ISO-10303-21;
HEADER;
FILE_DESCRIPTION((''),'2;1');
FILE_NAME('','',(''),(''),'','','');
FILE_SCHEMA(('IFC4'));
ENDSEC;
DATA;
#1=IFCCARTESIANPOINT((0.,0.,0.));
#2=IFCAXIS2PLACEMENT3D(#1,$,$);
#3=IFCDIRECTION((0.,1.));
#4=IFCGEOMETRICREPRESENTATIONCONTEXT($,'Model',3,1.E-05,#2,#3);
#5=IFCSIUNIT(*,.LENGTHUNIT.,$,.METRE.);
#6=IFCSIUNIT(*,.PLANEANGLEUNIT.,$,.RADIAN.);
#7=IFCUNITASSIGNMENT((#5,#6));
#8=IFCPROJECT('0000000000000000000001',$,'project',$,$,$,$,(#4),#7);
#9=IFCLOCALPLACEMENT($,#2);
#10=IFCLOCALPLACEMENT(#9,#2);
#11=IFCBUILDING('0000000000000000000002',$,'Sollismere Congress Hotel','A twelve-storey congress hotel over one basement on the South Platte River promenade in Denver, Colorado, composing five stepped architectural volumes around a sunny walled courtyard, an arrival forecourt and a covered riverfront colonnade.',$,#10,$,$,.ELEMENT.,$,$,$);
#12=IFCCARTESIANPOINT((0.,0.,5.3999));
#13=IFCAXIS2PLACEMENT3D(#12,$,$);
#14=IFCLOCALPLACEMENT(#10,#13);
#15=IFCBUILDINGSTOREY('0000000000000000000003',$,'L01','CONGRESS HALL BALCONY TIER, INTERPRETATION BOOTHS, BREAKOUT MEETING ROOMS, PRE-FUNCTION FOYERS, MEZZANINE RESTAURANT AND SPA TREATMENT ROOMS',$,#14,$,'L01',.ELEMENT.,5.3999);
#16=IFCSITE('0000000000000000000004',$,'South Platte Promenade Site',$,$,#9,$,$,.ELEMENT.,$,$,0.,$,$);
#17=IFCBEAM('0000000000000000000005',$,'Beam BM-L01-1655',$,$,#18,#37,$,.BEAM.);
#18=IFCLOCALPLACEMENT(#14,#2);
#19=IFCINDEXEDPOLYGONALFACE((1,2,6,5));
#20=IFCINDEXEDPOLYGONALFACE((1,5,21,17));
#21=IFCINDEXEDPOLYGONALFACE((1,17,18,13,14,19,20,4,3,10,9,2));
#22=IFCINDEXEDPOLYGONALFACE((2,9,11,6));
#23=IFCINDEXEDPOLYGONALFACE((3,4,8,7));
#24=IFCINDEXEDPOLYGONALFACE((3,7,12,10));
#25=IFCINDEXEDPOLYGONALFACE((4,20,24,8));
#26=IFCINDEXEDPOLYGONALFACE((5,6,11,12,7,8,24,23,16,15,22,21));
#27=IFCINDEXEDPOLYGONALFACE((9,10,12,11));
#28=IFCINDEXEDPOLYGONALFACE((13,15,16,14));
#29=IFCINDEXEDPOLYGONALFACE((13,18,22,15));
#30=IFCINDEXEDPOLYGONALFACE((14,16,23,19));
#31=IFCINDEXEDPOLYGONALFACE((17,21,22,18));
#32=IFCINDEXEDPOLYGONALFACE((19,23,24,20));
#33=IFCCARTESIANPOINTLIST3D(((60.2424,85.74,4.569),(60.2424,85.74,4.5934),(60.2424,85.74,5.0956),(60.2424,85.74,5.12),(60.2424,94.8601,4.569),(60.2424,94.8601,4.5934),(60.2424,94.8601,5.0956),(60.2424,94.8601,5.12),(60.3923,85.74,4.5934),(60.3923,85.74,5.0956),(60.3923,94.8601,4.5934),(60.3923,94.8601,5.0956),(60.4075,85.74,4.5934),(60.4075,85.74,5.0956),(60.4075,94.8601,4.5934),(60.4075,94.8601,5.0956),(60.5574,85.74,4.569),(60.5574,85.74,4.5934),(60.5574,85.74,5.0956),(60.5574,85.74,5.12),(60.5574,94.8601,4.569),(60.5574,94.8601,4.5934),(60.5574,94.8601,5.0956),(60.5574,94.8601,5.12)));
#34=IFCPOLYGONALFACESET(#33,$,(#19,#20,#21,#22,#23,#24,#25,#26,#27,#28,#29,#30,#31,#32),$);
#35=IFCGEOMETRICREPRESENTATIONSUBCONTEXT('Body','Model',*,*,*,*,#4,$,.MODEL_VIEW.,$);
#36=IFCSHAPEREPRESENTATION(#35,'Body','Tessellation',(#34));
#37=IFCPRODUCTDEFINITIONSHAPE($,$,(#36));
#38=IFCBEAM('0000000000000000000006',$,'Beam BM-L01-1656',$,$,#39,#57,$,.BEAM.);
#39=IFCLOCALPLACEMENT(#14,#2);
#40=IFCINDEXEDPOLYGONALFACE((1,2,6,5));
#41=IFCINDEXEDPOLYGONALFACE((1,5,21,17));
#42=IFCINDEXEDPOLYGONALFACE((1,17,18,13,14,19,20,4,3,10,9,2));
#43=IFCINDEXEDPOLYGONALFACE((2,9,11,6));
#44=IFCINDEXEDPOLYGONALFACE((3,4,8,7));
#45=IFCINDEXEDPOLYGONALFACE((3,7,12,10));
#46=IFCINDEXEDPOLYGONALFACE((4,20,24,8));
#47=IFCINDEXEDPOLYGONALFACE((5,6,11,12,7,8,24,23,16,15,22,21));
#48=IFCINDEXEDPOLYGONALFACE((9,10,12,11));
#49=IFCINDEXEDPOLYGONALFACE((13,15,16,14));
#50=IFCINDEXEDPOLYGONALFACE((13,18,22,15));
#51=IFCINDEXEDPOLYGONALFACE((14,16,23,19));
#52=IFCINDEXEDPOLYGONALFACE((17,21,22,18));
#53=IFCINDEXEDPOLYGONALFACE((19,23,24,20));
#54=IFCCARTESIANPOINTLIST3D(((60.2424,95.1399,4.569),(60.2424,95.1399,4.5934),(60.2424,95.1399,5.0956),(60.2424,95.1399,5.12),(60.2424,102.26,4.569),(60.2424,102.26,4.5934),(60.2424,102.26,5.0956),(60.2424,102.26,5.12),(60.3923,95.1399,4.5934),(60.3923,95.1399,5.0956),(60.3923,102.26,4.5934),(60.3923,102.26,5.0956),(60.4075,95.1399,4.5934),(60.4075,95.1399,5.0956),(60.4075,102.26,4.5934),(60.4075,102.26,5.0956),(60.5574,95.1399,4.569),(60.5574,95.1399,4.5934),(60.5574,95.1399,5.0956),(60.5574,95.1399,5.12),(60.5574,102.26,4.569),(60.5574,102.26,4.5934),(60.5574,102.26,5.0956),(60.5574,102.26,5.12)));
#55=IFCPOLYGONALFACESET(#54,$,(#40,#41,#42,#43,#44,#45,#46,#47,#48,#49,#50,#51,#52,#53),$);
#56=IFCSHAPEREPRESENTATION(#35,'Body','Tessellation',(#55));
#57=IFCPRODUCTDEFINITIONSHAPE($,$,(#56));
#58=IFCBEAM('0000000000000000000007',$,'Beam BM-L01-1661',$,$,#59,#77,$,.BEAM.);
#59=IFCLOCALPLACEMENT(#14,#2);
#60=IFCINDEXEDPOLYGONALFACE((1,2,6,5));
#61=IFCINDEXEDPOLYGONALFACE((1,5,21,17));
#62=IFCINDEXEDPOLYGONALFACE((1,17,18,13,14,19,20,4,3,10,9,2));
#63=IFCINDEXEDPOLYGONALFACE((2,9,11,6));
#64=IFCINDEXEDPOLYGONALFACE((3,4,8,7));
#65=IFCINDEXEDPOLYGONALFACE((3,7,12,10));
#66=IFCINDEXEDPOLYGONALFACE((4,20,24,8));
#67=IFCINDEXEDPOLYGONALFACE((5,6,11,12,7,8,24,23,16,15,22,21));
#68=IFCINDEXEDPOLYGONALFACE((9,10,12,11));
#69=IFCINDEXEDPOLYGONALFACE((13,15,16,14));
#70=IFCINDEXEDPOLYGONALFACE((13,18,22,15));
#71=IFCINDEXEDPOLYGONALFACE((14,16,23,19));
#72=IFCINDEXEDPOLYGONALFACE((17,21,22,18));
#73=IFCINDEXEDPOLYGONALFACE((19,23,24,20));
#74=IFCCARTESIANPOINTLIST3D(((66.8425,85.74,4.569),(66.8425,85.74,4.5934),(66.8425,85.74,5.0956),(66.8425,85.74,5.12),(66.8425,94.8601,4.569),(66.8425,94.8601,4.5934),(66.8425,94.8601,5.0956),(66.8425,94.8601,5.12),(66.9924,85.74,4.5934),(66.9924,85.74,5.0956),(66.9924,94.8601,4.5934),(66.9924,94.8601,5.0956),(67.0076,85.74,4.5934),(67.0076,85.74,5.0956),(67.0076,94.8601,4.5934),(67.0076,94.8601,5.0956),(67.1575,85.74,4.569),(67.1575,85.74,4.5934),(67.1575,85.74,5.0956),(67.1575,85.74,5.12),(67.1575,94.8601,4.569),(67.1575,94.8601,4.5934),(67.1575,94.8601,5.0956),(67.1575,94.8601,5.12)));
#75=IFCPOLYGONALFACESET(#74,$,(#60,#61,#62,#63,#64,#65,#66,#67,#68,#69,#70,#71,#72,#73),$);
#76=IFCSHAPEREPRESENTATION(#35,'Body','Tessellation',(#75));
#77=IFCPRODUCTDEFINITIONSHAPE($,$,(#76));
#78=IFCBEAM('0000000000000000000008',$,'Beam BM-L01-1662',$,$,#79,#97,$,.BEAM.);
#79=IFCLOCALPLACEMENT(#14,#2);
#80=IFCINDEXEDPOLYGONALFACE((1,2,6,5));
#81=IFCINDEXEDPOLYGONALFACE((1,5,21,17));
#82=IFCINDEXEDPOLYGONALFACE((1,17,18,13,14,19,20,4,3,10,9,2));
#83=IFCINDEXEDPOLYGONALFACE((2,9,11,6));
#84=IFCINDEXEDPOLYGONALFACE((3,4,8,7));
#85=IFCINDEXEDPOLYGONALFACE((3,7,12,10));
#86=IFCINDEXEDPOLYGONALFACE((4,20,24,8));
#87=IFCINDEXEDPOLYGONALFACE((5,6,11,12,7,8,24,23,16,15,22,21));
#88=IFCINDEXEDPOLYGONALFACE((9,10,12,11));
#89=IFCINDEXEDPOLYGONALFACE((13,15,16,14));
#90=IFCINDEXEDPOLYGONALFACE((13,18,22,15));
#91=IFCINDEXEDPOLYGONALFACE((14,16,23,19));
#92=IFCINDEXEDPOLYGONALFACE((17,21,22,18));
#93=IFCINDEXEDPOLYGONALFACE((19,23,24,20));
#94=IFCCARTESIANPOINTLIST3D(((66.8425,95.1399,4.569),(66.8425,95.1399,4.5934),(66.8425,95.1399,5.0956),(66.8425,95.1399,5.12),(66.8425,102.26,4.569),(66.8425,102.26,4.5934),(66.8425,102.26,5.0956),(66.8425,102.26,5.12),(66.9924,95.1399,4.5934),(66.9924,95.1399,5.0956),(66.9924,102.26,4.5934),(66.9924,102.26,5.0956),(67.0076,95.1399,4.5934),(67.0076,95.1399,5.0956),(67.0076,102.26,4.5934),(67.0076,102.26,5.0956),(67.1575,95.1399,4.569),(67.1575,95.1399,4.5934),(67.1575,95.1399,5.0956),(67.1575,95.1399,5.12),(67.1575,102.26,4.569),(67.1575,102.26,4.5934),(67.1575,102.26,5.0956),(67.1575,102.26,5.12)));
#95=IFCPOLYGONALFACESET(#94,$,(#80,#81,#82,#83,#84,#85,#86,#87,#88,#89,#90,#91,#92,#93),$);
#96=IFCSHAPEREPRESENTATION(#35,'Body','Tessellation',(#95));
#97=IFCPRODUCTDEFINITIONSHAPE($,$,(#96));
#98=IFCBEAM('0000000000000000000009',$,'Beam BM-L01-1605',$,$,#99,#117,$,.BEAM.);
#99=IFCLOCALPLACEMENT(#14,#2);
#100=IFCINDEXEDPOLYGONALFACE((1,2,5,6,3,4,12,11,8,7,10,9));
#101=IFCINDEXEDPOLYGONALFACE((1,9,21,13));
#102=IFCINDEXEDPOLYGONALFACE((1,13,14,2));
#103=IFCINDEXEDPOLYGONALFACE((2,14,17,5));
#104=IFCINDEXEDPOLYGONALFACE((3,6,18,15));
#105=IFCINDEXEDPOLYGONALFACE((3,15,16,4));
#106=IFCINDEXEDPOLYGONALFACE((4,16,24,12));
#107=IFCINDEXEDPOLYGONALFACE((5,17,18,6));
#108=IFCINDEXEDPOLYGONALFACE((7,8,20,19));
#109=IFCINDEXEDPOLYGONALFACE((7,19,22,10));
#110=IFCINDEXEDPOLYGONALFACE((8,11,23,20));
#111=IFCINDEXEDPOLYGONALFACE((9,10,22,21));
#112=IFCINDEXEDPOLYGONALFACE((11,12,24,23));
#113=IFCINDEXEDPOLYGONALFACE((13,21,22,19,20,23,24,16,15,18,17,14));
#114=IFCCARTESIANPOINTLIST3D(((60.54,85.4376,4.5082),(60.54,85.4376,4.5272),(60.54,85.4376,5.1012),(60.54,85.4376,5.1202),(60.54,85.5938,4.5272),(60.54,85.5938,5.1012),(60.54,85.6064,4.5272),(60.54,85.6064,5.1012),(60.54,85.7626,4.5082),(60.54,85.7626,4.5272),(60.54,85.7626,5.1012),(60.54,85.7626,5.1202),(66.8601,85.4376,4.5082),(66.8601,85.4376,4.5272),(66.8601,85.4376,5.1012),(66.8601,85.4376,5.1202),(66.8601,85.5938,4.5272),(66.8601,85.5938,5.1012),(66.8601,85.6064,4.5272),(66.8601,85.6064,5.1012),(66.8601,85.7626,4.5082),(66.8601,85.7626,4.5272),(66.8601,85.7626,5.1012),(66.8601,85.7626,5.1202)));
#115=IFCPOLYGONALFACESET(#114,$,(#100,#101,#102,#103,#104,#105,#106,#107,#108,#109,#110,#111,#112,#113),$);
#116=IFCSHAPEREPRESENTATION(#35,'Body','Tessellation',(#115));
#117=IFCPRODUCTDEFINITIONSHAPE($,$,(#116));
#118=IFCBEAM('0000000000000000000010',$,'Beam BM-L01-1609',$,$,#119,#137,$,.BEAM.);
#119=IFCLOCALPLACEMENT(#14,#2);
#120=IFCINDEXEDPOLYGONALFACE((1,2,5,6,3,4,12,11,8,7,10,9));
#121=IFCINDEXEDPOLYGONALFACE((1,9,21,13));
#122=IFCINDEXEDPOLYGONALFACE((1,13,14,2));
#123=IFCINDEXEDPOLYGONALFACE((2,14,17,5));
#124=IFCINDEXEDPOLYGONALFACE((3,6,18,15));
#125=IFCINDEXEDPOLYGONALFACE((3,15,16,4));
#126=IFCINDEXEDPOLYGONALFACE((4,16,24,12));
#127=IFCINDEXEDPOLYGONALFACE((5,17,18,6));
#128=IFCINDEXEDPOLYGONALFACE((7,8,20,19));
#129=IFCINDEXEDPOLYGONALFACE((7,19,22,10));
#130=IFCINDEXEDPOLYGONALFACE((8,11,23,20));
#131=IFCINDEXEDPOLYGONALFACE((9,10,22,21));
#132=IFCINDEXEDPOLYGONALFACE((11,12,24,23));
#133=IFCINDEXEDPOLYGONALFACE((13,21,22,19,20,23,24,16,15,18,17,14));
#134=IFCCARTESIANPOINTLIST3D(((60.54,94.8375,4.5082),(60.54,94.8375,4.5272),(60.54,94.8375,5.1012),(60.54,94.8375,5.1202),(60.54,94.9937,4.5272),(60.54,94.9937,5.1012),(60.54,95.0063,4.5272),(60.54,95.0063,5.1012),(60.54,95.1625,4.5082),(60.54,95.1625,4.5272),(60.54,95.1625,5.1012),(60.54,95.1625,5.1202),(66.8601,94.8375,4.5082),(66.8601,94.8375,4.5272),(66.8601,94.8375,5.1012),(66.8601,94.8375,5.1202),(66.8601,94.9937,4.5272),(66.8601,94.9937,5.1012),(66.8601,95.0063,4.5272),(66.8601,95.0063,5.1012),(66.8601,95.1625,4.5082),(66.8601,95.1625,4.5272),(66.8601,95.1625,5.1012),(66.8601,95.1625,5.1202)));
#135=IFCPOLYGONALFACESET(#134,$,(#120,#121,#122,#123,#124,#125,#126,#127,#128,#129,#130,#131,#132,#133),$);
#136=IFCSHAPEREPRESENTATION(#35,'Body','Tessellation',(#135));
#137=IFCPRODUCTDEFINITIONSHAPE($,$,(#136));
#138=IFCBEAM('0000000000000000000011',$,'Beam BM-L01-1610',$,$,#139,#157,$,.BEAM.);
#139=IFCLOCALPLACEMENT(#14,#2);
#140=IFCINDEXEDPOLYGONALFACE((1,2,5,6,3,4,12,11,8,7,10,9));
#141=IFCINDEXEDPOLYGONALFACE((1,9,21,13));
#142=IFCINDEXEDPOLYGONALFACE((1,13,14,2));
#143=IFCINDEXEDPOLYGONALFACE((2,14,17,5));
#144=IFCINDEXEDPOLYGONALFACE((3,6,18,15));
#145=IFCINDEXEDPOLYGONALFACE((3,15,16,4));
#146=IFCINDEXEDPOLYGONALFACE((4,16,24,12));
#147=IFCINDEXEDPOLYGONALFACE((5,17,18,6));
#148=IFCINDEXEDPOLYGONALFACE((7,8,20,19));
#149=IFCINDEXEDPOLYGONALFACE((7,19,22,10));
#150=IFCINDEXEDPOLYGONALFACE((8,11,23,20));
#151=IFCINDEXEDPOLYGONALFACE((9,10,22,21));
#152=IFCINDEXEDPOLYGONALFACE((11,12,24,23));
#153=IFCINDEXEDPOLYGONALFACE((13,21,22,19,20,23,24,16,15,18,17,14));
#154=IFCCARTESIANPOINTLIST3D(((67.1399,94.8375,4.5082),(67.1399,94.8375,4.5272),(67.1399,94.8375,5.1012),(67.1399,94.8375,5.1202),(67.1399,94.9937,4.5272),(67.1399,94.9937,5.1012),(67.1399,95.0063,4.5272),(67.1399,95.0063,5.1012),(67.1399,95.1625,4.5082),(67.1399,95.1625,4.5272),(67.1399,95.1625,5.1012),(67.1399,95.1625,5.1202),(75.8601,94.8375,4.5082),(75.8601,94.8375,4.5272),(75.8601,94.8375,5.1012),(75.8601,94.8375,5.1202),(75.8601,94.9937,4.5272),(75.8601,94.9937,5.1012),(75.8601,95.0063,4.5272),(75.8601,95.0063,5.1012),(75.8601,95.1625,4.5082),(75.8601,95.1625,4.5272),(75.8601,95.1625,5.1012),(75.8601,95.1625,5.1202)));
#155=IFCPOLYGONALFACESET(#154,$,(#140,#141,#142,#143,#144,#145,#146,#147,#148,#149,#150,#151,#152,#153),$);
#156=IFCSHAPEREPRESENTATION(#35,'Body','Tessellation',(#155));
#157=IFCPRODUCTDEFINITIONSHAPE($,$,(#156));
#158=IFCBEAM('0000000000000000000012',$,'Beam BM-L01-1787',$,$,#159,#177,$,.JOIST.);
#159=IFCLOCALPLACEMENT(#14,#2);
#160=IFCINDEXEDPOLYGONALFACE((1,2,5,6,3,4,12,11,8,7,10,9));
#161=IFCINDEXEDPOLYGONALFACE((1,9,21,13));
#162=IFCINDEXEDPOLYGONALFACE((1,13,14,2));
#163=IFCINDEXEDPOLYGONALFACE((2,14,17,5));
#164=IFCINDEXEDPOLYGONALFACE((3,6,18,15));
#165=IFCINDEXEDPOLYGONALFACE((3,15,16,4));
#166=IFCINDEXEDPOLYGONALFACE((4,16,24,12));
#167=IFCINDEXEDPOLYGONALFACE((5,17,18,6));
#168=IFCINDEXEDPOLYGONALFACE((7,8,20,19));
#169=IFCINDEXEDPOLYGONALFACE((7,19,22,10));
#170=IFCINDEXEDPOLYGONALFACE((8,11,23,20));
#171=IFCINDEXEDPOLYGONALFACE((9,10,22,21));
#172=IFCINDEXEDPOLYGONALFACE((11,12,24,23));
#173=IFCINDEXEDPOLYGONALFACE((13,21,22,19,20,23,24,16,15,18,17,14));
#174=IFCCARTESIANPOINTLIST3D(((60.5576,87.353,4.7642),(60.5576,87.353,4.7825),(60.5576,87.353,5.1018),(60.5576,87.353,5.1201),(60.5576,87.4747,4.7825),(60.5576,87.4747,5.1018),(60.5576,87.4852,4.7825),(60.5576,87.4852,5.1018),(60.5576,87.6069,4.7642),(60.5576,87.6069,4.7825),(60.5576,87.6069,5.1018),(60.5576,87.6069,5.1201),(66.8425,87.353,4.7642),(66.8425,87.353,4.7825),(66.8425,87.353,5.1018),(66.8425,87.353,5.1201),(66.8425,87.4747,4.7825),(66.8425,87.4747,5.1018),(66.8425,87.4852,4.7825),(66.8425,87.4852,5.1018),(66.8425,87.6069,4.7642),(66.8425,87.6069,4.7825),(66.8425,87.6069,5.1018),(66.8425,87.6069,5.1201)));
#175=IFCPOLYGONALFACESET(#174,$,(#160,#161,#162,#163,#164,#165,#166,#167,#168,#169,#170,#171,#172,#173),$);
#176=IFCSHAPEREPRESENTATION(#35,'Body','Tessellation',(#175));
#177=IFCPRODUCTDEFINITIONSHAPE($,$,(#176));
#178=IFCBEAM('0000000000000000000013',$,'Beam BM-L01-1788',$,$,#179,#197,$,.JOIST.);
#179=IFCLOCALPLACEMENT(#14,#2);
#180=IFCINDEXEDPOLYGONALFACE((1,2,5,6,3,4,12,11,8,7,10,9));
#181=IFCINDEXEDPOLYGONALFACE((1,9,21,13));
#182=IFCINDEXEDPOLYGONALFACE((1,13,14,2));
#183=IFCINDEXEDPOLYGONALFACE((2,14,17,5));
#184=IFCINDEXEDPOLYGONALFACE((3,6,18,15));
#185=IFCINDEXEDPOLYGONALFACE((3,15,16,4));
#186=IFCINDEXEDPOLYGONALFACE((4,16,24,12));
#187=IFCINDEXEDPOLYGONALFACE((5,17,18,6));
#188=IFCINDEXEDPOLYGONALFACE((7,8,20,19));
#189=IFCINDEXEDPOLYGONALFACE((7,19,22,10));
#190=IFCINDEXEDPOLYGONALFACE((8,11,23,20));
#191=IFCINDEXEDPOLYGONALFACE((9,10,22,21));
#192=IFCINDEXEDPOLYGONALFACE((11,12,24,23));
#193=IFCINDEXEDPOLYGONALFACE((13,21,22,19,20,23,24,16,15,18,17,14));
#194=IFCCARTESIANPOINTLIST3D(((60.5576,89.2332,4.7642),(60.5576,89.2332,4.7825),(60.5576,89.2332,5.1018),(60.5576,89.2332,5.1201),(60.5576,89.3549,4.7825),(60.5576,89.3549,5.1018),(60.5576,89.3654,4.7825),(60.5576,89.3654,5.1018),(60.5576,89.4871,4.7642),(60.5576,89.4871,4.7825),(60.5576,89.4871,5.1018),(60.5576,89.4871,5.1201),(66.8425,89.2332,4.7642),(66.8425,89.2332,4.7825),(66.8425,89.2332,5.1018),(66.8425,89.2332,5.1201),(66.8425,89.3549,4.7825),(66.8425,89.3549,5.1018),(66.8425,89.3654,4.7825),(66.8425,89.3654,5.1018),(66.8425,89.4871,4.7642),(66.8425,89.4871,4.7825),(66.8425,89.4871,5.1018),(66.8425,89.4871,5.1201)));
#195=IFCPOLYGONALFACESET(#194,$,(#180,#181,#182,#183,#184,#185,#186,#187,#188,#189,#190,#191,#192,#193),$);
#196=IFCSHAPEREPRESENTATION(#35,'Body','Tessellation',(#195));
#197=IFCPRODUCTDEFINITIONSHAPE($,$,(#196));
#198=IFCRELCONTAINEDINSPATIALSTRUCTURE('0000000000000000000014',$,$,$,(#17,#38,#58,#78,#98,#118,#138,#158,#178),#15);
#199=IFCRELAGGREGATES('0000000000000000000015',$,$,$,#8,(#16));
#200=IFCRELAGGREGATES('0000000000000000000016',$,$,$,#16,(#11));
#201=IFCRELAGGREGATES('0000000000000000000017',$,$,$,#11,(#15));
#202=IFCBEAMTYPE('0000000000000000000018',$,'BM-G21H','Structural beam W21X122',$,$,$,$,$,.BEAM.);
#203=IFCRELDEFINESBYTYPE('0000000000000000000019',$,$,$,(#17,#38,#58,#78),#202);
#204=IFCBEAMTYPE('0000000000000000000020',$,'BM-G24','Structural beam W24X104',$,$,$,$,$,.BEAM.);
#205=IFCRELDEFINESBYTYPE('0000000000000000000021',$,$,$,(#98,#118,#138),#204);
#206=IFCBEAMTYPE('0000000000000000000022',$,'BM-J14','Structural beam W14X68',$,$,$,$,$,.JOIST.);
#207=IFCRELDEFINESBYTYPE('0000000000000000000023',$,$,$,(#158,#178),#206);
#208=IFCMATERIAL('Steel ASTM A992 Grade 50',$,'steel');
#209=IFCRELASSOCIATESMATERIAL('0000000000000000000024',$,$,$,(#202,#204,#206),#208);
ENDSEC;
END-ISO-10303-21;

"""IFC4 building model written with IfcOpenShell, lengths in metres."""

from ifc_helpers import new_model, si_unit, direction, frame, origin, origin_2d, place, context, subcontext, project, spatial, i_section, extrude, material, material_profile, profile_set, type_object, element, save


model = new_model("IFC4")

# Units and contexts
model_context = context("Model", 3, precision=1e-05, world=origin(), true_north=direction((0.0, 1.0)))
body_context = subcontext(model_context, "Body", "Model", "MODEL_VIEW")
ifc_project = project(units=[si_unit("LENGTHUNIT", "METRE"), si_unit("PLANEANGLEUNIT", "RADIAN")], contexts=[model_context])

# Site, building, storey
site_placement = place(None, origin())
site = spatial("IfcSite", under=ifc_project, at=site_placement, Name="South Platte Promenade Site", CompositionType="ELEMENT", RefElevation=0.0)
building_placement = place(site_placement, origin())
building = spatial("IfcBuilding", under=site, at=building_placement, Name="Sollismere Congress Hotel", Description="A twelve-storey congress hotel over one basement on the South Platte River promenade in Denver, Colorado, composing five stepped architectural volumes around a sunny walled courtyard, an arrival forecourt and a covered riverfront colonnade.", CompositionType="ELEMENT")
storey_placement = place(building_placement, frame((0.0, 0.0, 5.3999)))
storey = spatial("IfcBuildingStorey", under=building, at=storey_placement, Name="L01", Description="CONGRESS HALL BALCONY TIER, INTERPRETATION BOOTHS, BREAKOUT MEETING ROOMS, PRE-FUNCTION FOYERS, MEZZANINE RESTAURANT AND SPA TREATMENT ROOMS", LongName="L01", CompositionType="ELEMENT", Elevation=5.3999)

# Shared definitions
ifc_material_1 = material(Name="Steel ASTM A992 Grade 50", Category="steel")

# Beams
ifc_material_profile_1 = material_profile(ifc_material_1, i_section(OverallWidth=0.3149, OverallDepth=0.551, WebThickness=0.0151, FlangeThickness=0.0244, at=origin_2d()), Name="W21X122")
ifc_profile_set_1 = profile_set([ifc_material_profile_1], Name="Steel ASTM A992 Grade 50")
beam_type_1 = type_object("IfcBeamType", Name="BM-G21H", Description="Structural beam W21X122", PredefinedType="BEAM", material=ifc_profile_set_1)
beam_1_placement = place(storey_placement, frame((60.3999, 85.74, 4.8445), z_axis=(0.0, 1.0, 0.0), x_axis=(-1.0, 0.0, 0.0)))
element("IfcBeam", 1, at=beam_1_placement, inside=storey, type_object=beam_type_1, Name="Beam BM-L01-1655", PredefinedType="BEAM", context=body_context, shape_type="SweptSolid", body=[
    extrude(i_section(OverallWidth=0.3149, OverallDepth=0.551, WebThickness=0.0151, FlangeThickness=0.0244, at=origin_2d()), origin(), (0.0, 0.0, 1.0), 9.1201),
])
beam_2_placement = place(storey_placement, frame((60.3999, 95.1399, 4.8445), z_axis=(0.0, 1.0, 0.0), x_axis=(-1.0, 0.0, 0.0)))
element("IfcBeam", 2, at=beam_2_placement, inside=storey, type_object=beam_type_1, Name="Beam BM-L01-1656", PredefinedType="BEAM", context=body_context, shape_type="SweptSolid", body=[
    extrude(i_section(OverallWidth=0.3149, OverallDepth=0.551, WebThickness=0.0151, FlangeThickness=0.0244, at=origin_2d()), origin(), (0.0, 0.0, 1.0), 7.1201),
])
beam_3_placement = place(storey_placement, frame((67.0, 85.74, 4.8445), z_axis=(0.0, 1.0, 0.0), x_axis=(-1.0, 0.0, 0.0)))
element("IfcBeam", 3, at=beam_3_placement, inside=storey, type_object=beam_type_1, Name="Beam BM-L01-1661", PredefinedType="BEAM", context=body_context, shape_type="SweptSolid", body=[
    extrude(i_section(OverallWidth=0.3149, OverallDepth=0.551, WebThickness=0.0151, FlangeThickness=0.0244, at=origin_2d()), origin(), (0.0, 0.0, 1.0), 9.1201),
])
beam_4_placement = place(storey_placement, frame((67.0, 95.1399, 4.8445), z_axis=(0.0, 1.0, 0.0), x_axis=(-1.0, 0.0, 0.0)))
element("IfcBeam", 4, at=beam_4_placement, inside=storey, type_object=beam_type_1, Name="Beam BM-L01-1662", PredefinedType="BEAM", context=body_context, shape_type="SweptSolid", body=[
    extrude(i_section(OverallWidth=0.3149, OverallDepth=0.551, WebThickness=0.0151, FlangeThickness=0.0244, at=origin_2d()), origin(), (0.0, 0.0, 1.0), 7.1201),
])
ifc_material_profile_2 = material_profile(ifc_material_1, i_section(OverallWidth=0.325, OverallDepth=0.6121, WebThickness=0.0127, FlangeThickness=0.019, at=origin_2d()), Name="W24X104")
ifc_profile_set_2 = profile_set([ifc_material_profile_2], Name="Steel ASTM A992 Grade 50")
beam_type_2 = type_object("IfcBeamType", Name="BM-G24", Description="Structural beam W24X104", PredefinedType="BEAM", material=ifc_profile_set_2)
for number, where, z_axis, x_axis, name in (
    (5, (60.54, 85.6001, 4.8142), (1.0, 0.0, 0.0), (0.0, 1.0, 0.0), "Beam BM-L01-1605"),
    (6, (60.54, 95.0, 4.8142), (1.0, 0.0, 0.0), (0.0, 1.0, 0.0), "Beam BM-L01-1609"),
):
    element("IfcBeam", number, at=place(storey_placement, frame(where, z_axis=z_axis, x_axis=x_axis)), inside=storey, type_object=beam_type_2, Name=name, PredefinedType="BEAM", context=body_context, shape_type="SweptSolid", body=[
        extrude(i_section(OverallWidth=0.325, OverallDepth=0.6121, WebThickness=0.0127, FlangeThickness=0.019, at=origin_2d()), origin(), (0.0, 0.0, 1.0), 6.3201),
    ])
beam_5_placement = place(storey_placement, frame((67.1399, 95.0, 4.8142), z_axis=(1.0, 0.0, 0.0), x_axis=(0.0, 1.0, 0.0)))
element("IfcBeam", 7, at=beam_5_placement, inside=storey, type_object=beam_type_2, Name="Beam BM-L01-1610", PredefinedType="BEAM", context=body_context, shape_type="SweptSolid", body=[
    extrude(i_section(OverallWidth=0.325, OverallDepth=0.6121, WebThickness=0.0127, FlangeThickness=0.019, at=origin_2d()), origin(), (0.0, 0.0, 1.0), 8.7202),
])
ifc_material_profile_3 = material_profile(ifc_material_1, i_section(OverallWidth=0.2539, OverallDepth=0.356, WebThickness=0.0105, FlangeThickness=0.0183, at=origin_2d()), Name="W14X68")
ifc_profile_set_3 = profile_set([ifc_material_profile_3], Name="Steel ASTM A992 Grade 50")
beam_type_3 = type_object("IfcBeamType", Name="BM-J14", Description="Structural beam W14X68", PredefinedType="JOIST", material=ifc_profile_set_3)
for number, where, z_axis, x_axis, name in (
    (8, (60.5576, 87.48, 4.9421), (1.0, 0.0, 0.0), (0.0, 1.0, 0.0), "Beam BM-L01-1787"),
    (9, (60.5576, 89.3601, 4.9421), (1.0, 0.0, 0.0), (0.0, 1.0, 0.0), "Beam BM-L01-1788"),
):
    element("IfcBeam", number, at=place(storey_placement, frame(where, z_axis=z_axis, x_axis=x_axis)), inside=storey, type_object=beam_type_3, Name=name, PredefinedType="JOIST", context=body_context, shape_type="SweptSolid", body=[
        extrude(i_section(OverallWidth=0.2539, OverallDepth=0.356, WebThickness=0.0105, FlangeThickness=0.0183, at=origin_2d()), origin(), (0.0, 0.0, 1.0), 6.2849),
    ])

save(model, "model.ifc")
